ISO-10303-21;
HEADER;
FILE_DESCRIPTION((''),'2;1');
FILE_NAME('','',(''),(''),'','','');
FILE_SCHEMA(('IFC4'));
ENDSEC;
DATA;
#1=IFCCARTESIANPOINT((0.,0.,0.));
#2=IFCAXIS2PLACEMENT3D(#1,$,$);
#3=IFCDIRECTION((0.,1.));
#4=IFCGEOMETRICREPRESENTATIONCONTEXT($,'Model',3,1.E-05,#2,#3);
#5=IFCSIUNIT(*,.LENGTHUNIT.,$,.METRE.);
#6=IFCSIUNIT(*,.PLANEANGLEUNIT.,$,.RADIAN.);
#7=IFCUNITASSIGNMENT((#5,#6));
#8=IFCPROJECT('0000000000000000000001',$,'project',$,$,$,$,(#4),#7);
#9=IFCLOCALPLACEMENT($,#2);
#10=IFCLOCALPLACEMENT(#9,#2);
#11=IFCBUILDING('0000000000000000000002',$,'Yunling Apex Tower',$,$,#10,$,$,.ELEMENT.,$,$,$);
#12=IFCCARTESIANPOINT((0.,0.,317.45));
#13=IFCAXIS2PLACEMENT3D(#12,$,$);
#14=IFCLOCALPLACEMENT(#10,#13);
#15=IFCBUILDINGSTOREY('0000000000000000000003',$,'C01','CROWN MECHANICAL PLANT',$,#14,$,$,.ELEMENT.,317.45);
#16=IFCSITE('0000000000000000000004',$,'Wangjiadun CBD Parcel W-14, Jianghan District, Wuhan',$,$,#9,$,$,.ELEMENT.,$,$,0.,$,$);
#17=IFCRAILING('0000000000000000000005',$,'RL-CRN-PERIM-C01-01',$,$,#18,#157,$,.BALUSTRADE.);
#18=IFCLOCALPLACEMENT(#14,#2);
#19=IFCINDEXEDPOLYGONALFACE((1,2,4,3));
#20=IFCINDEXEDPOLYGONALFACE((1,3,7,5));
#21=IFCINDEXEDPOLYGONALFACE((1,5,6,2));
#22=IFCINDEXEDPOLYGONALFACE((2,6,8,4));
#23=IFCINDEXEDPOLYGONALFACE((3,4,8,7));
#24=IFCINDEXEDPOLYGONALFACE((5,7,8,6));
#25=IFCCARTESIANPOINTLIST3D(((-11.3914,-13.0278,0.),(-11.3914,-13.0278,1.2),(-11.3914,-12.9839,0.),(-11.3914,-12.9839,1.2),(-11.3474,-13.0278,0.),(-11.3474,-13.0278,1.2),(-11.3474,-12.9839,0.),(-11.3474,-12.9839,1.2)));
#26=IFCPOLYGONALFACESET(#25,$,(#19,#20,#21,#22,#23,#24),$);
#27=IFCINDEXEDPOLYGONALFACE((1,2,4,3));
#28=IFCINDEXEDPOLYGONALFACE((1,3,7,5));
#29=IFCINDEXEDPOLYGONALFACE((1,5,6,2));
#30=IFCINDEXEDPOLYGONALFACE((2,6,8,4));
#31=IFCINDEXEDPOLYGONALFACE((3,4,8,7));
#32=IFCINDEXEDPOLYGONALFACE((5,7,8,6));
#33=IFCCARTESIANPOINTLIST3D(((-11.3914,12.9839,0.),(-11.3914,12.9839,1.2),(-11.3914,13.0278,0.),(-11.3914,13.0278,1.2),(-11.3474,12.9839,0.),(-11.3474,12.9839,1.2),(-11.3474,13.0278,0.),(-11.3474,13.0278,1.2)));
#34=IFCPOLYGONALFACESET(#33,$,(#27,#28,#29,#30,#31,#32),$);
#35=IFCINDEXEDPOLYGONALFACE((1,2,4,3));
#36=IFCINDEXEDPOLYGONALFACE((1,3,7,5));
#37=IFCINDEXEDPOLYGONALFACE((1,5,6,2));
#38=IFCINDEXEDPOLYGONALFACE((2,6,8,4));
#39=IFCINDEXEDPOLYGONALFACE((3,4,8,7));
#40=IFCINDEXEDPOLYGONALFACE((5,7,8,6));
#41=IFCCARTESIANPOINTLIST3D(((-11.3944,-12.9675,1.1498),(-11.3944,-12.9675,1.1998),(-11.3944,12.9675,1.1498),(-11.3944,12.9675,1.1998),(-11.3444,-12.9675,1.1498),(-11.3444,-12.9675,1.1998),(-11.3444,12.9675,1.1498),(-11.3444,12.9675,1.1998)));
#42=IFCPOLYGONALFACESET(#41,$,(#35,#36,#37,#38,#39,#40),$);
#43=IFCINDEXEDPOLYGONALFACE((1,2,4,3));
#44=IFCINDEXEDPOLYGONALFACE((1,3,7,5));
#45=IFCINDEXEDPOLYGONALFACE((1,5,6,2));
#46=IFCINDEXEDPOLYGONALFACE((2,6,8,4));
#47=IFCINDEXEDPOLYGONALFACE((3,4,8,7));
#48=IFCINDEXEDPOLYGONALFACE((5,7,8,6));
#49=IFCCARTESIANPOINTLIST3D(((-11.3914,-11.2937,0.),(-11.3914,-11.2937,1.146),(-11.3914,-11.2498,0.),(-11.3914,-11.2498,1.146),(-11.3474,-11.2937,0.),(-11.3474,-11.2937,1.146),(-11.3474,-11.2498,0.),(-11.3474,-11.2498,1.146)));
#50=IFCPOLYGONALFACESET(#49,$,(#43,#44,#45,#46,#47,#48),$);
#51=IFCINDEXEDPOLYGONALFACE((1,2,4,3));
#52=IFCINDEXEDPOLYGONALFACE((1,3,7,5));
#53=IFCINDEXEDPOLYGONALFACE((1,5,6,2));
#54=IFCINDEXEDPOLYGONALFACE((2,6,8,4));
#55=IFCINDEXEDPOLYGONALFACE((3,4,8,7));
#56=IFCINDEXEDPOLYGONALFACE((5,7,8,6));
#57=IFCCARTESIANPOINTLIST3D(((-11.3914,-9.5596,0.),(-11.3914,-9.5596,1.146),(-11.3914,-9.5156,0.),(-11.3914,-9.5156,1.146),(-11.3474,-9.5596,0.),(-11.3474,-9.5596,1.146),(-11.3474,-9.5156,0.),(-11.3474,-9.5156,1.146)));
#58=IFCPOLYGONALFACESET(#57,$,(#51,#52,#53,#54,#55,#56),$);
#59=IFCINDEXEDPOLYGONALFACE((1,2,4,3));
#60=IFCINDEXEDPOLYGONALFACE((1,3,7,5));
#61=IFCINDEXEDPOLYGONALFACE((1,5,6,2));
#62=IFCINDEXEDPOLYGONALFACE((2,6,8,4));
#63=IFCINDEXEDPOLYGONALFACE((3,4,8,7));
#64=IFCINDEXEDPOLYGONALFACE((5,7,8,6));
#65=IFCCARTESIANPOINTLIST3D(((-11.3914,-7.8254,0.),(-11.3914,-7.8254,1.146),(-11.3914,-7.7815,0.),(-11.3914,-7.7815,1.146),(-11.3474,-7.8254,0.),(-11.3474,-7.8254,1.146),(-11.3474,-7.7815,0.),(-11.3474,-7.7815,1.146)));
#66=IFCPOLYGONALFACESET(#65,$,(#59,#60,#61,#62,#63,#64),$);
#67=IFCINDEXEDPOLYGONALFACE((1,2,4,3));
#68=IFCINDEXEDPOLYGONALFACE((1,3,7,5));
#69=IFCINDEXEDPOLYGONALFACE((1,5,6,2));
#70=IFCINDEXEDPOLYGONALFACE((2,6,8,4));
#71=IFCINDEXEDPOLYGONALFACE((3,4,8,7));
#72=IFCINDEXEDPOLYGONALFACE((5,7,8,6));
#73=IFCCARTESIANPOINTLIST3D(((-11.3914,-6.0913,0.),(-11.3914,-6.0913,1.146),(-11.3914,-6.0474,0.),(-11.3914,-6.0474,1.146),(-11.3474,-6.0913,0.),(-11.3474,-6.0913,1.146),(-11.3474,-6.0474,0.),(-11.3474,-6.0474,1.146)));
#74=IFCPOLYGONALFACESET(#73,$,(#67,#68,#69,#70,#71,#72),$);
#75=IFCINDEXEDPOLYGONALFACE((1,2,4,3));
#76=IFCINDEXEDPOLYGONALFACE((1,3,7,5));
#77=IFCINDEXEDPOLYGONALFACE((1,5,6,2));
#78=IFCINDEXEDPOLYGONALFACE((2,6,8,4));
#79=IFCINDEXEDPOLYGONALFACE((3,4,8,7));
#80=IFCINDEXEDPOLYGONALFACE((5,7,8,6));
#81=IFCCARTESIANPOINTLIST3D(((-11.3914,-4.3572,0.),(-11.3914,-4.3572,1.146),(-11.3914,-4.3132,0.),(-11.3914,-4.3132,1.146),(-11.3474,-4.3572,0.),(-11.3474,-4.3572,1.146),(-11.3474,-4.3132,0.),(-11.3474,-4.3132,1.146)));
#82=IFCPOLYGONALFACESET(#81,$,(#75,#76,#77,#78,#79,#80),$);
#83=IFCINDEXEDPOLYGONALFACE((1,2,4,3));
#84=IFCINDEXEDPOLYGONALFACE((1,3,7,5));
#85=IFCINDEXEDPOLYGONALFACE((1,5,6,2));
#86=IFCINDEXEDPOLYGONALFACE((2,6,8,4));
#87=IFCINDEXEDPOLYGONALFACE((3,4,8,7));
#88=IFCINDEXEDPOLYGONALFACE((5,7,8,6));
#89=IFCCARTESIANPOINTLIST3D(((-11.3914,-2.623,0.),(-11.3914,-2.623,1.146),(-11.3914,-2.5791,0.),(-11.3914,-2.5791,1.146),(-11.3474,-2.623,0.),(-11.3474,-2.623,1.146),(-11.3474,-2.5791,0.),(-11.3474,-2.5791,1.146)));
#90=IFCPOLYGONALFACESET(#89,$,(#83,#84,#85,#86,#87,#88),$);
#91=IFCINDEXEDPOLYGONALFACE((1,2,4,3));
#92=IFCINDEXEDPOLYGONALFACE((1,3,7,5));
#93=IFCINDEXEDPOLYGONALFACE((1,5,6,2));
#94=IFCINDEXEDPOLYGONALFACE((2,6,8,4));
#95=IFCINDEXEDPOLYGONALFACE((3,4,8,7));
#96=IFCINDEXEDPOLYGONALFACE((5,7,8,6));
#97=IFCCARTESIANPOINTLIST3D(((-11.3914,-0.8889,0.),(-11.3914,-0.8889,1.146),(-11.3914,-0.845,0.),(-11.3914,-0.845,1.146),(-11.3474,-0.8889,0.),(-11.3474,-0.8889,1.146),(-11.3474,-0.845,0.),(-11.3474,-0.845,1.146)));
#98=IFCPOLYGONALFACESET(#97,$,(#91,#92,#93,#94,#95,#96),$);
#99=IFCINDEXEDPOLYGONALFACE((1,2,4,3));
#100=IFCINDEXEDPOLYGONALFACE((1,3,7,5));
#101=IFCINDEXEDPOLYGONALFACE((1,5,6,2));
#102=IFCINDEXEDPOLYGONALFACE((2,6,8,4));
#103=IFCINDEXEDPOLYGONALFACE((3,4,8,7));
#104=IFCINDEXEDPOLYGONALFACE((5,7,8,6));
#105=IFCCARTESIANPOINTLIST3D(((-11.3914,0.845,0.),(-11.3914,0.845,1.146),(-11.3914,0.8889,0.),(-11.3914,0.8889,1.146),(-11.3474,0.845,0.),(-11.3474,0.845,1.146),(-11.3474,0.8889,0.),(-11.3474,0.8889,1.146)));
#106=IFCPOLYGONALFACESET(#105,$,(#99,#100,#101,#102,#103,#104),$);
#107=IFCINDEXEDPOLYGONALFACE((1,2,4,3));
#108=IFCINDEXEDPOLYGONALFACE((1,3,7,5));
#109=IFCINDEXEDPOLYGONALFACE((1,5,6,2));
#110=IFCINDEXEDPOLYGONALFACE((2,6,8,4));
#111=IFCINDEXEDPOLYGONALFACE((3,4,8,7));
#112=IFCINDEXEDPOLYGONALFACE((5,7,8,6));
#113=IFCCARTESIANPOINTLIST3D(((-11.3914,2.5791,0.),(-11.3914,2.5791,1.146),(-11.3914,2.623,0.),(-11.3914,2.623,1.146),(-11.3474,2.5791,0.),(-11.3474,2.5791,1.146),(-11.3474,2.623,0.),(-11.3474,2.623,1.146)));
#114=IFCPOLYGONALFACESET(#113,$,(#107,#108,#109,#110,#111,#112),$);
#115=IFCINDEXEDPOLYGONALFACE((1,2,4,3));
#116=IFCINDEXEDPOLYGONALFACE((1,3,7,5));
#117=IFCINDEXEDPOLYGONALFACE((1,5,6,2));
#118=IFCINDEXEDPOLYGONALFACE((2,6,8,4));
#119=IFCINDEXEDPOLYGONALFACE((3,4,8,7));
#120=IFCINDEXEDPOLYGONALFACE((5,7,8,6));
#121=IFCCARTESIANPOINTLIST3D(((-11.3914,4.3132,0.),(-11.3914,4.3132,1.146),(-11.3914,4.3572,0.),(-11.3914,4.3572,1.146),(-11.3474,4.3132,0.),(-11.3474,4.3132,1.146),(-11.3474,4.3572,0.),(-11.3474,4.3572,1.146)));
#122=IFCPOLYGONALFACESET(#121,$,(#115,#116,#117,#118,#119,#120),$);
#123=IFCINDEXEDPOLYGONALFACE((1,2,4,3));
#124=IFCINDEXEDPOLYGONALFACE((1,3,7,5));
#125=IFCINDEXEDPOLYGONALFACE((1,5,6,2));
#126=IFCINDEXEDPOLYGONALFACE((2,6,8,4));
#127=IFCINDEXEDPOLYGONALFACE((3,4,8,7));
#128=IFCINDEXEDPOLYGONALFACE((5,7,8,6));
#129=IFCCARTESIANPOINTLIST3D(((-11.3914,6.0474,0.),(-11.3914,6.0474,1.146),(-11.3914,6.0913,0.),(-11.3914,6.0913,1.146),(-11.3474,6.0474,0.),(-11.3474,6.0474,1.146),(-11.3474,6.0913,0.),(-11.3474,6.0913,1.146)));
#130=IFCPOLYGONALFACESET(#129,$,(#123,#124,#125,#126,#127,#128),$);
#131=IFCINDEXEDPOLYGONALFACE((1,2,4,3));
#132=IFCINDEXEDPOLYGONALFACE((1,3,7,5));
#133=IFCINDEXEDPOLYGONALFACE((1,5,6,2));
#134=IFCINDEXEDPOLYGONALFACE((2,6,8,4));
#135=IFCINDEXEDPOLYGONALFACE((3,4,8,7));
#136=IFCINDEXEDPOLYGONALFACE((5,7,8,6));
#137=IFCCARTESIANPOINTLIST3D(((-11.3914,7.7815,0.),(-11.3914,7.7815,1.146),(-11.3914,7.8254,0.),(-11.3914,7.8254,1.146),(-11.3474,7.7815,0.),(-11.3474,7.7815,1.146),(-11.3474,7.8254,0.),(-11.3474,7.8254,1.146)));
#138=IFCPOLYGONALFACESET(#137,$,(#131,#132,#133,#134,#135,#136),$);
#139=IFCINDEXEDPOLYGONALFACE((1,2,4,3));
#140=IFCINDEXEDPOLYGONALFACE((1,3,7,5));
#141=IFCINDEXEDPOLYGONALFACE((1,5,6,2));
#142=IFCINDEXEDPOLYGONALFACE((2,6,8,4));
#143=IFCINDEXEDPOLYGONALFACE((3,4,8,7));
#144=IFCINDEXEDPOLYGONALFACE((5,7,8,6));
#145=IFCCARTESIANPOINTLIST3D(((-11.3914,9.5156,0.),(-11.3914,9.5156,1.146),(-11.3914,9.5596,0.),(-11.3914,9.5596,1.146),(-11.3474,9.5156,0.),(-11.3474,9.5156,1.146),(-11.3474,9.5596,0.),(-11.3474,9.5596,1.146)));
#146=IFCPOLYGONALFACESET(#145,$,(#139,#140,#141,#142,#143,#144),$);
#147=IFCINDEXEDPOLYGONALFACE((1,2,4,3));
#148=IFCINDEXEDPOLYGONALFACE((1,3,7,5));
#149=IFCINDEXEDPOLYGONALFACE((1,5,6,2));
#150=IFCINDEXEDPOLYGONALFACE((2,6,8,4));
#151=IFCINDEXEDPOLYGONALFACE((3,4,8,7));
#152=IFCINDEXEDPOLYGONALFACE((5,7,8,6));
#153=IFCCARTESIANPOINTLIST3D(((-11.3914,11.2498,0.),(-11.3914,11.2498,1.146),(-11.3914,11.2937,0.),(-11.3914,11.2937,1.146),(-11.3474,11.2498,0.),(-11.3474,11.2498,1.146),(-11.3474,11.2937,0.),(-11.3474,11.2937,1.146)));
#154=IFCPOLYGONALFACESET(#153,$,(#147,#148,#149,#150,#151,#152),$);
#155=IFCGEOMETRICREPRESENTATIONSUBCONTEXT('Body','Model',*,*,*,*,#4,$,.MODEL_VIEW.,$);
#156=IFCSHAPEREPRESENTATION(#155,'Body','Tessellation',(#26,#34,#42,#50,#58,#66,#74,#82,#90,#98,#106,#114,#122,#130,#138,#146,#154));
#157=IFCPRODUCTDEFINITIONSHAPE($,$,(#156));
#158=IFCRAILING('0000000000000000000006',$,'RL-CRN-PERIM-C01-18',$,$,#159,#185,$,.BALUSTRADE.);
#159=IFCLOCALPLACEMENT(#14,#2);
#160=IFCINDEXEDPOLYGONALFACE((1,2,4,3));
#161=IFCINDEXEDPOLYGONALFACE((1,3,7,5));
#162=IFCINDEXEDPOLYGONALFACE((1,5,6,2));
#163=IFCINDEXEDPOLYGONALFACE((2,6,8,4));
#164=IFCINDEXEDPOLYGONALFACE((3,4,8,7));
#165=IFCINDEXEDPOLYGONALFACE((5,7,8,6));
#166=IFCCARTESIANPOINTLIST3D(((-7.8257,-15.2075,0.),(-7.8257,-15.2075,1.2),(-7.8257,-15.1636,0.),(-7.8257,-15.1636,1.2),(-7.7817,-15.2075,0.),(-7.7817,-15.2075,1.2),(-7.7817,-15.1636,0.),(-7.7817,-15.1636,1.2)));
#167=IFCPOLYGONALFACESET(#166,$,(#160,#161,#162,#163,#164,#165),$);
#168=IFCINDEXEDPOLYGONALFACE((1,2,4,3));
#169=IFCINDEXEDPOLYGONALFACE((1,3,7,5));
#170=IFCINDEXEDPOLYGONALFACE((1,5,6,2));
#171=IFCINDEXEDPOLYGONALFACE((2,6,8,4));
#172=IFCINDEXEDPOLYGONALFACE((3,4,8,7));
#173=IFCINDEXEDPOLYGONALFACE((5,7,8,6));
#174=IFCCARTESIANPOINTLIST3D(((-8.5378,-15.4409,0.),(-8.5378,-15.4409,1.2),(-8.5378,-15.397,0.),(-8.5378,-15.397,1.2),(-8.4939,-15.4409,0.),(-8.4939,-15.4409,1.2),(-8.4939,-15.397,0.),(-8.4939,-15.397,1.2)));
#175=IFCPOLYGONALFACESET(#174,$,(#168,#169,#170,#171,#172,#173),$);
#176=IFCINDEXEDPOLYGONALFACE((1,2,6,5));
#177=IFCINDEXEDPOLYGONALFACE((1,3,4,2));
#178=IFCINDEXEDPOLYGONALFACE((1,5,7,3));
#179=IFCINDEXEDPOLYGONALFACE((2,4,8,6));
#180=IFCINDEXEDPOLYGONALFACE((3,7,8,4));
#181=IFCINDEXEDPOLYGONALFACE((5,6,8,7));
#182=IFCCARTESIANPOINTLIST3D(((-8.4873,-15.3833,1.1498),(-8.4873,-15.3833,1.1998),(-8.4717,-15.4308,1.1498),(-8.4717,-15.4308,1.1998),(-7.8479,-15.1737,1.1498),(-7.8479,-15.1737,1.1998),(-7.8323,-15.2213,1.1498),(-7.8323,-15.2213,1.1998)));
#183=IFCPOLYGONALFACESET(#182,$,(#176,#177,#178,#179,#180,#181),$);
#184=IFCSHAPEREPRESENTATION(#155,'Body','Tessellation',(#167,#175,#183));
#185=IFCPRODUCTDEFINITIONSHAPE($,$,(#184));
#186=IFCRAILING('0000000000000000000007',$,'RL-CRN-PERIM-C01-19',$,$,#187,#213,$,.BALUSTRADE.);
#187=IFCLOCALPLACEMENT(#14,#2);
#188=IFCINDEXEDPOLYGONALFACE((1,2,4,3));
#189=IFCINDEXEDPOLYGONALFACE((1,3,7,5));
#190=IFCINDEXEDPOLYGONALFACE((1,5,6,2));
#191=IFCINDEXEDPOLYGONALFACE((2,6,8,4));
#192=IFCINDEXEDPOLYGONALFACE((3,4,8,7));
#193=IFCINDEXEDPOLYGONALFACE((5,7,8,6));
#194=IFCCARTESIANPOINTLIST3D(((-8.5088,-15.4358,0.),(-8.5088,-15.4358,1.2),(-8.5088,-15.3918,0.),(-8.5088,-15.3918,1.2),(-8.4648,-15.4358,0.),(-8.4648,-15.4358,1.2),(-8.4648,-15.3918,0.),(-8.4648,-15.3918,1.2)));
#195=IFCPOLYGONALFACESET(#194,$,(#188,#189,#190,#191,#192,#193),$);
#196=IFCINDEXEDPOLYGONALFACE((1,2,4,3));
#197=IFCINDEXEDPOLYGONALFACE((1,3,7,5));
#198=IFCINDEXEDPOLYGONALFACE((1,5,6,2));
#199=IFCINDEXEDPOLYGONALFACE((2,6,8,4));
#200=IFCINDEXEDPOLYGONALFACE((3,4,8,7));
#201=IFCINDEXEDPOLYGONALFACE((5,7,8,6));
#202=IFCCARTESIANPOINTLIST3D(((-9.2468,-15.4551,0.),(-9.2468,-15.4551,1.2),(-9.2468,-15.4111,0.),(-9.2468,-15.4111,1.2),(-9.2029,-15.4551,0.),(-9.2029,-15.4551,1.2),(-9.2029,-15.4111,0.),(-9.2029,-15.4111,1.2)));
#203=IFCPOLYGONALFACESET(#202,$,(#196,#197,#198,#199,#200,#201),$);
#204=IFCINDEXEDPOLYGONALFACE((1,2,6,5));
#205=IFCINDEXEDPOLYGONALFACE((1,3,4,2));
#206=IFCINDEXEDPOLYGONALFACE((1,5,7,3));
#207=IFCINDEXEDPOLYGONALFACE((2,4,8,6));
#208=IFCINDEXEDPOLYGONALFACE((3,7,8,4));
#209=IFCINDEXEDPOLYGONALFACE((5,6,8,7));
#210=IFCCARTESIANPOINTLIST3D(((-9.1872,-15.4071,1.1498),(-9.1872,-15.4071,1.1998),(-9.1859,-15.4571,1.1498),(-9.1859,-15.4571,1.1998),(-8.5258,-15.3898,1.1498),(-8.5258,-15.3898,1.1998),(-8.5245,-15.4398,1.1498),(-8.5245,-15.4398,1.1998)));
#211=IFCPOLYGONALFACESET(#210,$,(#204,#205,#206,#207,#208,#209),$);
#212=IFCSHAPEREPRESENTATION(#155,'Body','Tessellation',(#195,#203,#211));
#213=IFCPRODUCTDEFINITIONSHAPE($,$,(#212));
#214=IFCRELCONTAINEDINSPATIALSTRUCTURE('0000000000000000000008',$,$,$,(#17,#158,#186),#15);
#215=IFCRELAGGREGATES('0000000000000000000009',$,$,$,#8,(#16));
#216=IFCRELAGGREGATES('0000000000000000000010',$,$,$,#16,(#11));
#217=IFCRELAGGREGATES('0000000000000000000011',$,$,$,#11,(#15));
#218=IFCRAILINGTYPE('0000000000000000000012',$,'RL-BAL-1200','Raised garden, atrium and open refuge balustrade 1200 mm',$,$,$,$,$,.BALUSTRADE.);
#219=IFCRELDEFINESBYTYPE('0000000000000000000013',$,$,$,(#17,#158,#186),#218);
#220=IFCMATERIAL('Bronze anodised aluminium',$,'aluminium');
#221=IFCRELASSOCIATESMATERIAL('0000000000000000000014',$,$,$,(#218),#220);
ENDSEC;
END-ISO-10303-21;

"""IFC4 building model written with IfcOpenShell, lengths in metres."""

from ifc_helpers import new_model, si_unit, direction, frame, origin, origin_2d, place, context, subcontext, project, spatial, rectangle, extrude, material, type_object, element, save


model = new_model("IFC4")

# Units and contexts
model_context = context("Model", 3, precision=1e-05, world=origin(), true_north=direction((0.0, 1.0)))
body_context = subcontext(model_context, "Body", "Model", "MODEL_VIEW")
ifc_project = project(units=[si_unit("LENGTHUNIT", "METRE"), si_unit("PLANEANGLEUNIT", "RADIAN")], contexts=[model_context])

# Site, building, storey
site_placement = place(None, origin())
site = spatial("IfcSite", under=ifc_project, at=site_placement, Name="Wangjiadun CBD Parcel W-14, Jianghan District, Wuhan", CompositionType="ELEMENT", RefElevation=0.0)
building_placement = place(site_placement, origin())
building = spatial("IfcBuilding", under=site, at=building_placement, Name="Yunling Apex Tower", CompositionType="ELEMENT")
storey_placement = place(building_placement, frame((0.0, 0.0, 317.45)))
storey = spatial("IfcBuildingStorey", under=building, at=storey_placement, Name="C01", Description="CROWN MECHANICAL PLANT", CompositionType="ELEMENT", Elevation=317.45)

# Shared definitions
ifc_material_1 = material(Name="Bronze anodised aluminium", Category="aluminium")

# Railings
railing_type = type_object("IfcRailingType", Name="RL-BAL-1200", Description="Raised garden, atrium and open refuge balustrade 1200 mm", PredefinedType="BALUSTRADE", material=ifc_material_1)
railing_1_placement = place(storey_placement, frame((-11.3694, -13.0059, 0.0)))
element("IfcRailing", 1, at=railing_1_placement, inside=storey, type_object=railing_type, Name="RL-CRN-PERIM-C01-01", PredefinedType="BALUSTRADE", context=body_context, shape_type="SweptSolid", body=[
    extrude(rectangle(XDim=0.0439, YDim=0.0439, at=origin_2d()), origin(), (0.0, 0.0, 1.0), 1.2),
    extrude(rectangle(XDim=0.0439, YDim=0.0439, at=origin_2d()), frame((0.0, 26.0117, 0.0)), (0.0, 0.0, 1.0), 1.2),
    extrude(rectangle(XDim=0.05, YDim=0.05, at=origin_2d()), frame((0.0, 0.0383, 1.1748), z_axis=(0.0, 1.0, 0.0), x_axis=(-1.0, 0.0, 0.0)), (0.0, 0.0, 1.0), 25.9351),
    extrude(rectangle(XDim=0.0439, YDim=0.0439, at=origin_2d()), frame((0.0, 1.7341, 0.0)), (0.0, 0.0, 1.0), 1.146),
    extrude(rectangle(XDim=0.0439, YDim=0.0439, at=origin_2d()), frame((0.0, 3.4683, 0.0)), (0.0, 0.0, 1.0), 1.146),
    extrude(rectangle(XDim=0.0439, YDim=0.0439, at=origin_2d()), frame((0.0, 5.2024, 0.0)), (0.0, 0.0, 1.0), 1.146),
    extrude(rectangle(XDim=0.0439, YDim=0.0439, at=origin_2d()), frame((0.0, 6.9365, 0.0)), (0.0, 0.0, 1.0), 1.146),
    extrude(rectangle(XDim=0.0439, YDim=0.0439, at=origin_2d()), frame((0.0, 8.6707, 0.0)), (0.0, 0.0, 1.0), 1.146),
    extrude(rectangle(XDim=0.0439, YDim=0.0439, at=origin_2d()), frame((0.0, 10.4048, 0.0)), (0.0, 0.0, 1.0), 1.146),
    extrude(rectangle(XDim=0.0439, YDim=0.0439, at=origin_2d()), frame((0.0, 12.1389, 0.0)), (0.0, 0.0, 1.0), 1.146),
    extrude(rectangle(XDim=0.0439, YDim=0.0439, at=origin_2d()), frame((0.0, 13.8728, 0.0)), (0.0, 0.0, 1.0), 1.146),
    extrude(rectangle(XDim=0.0439, YDim=0.0439, at=origin_2d()), frame((0.0, 15.6069, 0.0)), (0.0, 0.0, 1.0), 1.146),
    extrude(rectangle(XDim=0.0439, YDim=0.0439, at=origin_2d()), frame((0.0, 17.3411, 0.0)), (0.0, 0.0, 1.0), 1.146),
    extrude(rectangle(XDim=0.0439, YDim=0.0439, at=origin_2d()), frame((0.0, 19.0752, 0.0)), (0.0, 0.0, 1.0), 1.146),
    extrude(rectangle(XDim=0.0439, YDim=0.0439, at=origin_2d()), frame((0.0, 20.8093, 0.0)), (0.0, 0.0, 1.0), 1.146),
    extrude(rectangle(XDim=0.0439, YDim=0.0439, at=origin_2d()), frame((0.0, 22.5435, 0.0)), (0.0, 0.0, 1.0), 1.146),
    extrude(rectangle(XDim=0.0439, YDim=0.0439, at=origin_2d()), frame((0.0, 24.2776, 0.0)), (0.0, 0.0, 1.0), 1.146),
])
railing_2_placement = place(storey_placement, frame((-7.8037, -15.1855, 0.0)))
element("IfcRailing", 2, at=railing_2_placement, inside=storey, type_object=railing_type, Name="RL-CRN-PERIM-C01-18", PredefinedType="BALUSTRADE", context=body_context, shape_type="SweptSolid", body=[
    extrude(rectangle(XDim=0.0439, YDim=0.0439, at=origin_2d()), origin(), (0.0, 0.0, 1.0), 1.2),
    extrude(rectangle(XDim=0.0439, YDim=0.0439, at=origin_2d()), frame((-0.7122, -0.2334, 0.0)), (0.0, 0.0, 1.0), 1.2),
    extrude(rectangle(XDim=0.05, YDim=0.05, at=origin_2d()), frame((-0.0364, -0.012, 1.1748), z_axis=(-0.950267, -0.311435, 0.0), x_axis=(0.311435, -0.950267, 0.0)), (0.0, 0.0, 1.0), 0.6729),
])
railing_3_placement = place(storey_placement, frame((-8.4868, -15.4138, 0.0)))
element("IfcRailing", 3, at=railing_3_placement, inside=storey, type_object=railing_type, Name="RL-CRN-PERIM-C01-19", PredefinedType="BALUSTRADE", context=body_context, shape_type="SweptSolid", body=[
    extrude(rectangle(XDim=0.0439, YDim=0.0439, at=origin_2d()), origin(), (0.0, 0.0, 1.0), 1.2),
    extrude(rectangle(XDim=0.0439, YDim=0.0439, at=origin_2d()), frame((-0.738, -0.0193, 0.0)), (0.0, 0.0, 1.0), 1.2),
    extrude(rectangle(XDim=0.05, YDim=0.05, at=origin_2d()), frame((-0.0383, -0.001, 1.1748), z_axis=(-0.999659, -0.026124, 0.0), x_axis=(0.026124, -0.999659, 0.0)), (0.0, 0.0, 1.0), 0.6616),
])

save(model, "model.ifc")
